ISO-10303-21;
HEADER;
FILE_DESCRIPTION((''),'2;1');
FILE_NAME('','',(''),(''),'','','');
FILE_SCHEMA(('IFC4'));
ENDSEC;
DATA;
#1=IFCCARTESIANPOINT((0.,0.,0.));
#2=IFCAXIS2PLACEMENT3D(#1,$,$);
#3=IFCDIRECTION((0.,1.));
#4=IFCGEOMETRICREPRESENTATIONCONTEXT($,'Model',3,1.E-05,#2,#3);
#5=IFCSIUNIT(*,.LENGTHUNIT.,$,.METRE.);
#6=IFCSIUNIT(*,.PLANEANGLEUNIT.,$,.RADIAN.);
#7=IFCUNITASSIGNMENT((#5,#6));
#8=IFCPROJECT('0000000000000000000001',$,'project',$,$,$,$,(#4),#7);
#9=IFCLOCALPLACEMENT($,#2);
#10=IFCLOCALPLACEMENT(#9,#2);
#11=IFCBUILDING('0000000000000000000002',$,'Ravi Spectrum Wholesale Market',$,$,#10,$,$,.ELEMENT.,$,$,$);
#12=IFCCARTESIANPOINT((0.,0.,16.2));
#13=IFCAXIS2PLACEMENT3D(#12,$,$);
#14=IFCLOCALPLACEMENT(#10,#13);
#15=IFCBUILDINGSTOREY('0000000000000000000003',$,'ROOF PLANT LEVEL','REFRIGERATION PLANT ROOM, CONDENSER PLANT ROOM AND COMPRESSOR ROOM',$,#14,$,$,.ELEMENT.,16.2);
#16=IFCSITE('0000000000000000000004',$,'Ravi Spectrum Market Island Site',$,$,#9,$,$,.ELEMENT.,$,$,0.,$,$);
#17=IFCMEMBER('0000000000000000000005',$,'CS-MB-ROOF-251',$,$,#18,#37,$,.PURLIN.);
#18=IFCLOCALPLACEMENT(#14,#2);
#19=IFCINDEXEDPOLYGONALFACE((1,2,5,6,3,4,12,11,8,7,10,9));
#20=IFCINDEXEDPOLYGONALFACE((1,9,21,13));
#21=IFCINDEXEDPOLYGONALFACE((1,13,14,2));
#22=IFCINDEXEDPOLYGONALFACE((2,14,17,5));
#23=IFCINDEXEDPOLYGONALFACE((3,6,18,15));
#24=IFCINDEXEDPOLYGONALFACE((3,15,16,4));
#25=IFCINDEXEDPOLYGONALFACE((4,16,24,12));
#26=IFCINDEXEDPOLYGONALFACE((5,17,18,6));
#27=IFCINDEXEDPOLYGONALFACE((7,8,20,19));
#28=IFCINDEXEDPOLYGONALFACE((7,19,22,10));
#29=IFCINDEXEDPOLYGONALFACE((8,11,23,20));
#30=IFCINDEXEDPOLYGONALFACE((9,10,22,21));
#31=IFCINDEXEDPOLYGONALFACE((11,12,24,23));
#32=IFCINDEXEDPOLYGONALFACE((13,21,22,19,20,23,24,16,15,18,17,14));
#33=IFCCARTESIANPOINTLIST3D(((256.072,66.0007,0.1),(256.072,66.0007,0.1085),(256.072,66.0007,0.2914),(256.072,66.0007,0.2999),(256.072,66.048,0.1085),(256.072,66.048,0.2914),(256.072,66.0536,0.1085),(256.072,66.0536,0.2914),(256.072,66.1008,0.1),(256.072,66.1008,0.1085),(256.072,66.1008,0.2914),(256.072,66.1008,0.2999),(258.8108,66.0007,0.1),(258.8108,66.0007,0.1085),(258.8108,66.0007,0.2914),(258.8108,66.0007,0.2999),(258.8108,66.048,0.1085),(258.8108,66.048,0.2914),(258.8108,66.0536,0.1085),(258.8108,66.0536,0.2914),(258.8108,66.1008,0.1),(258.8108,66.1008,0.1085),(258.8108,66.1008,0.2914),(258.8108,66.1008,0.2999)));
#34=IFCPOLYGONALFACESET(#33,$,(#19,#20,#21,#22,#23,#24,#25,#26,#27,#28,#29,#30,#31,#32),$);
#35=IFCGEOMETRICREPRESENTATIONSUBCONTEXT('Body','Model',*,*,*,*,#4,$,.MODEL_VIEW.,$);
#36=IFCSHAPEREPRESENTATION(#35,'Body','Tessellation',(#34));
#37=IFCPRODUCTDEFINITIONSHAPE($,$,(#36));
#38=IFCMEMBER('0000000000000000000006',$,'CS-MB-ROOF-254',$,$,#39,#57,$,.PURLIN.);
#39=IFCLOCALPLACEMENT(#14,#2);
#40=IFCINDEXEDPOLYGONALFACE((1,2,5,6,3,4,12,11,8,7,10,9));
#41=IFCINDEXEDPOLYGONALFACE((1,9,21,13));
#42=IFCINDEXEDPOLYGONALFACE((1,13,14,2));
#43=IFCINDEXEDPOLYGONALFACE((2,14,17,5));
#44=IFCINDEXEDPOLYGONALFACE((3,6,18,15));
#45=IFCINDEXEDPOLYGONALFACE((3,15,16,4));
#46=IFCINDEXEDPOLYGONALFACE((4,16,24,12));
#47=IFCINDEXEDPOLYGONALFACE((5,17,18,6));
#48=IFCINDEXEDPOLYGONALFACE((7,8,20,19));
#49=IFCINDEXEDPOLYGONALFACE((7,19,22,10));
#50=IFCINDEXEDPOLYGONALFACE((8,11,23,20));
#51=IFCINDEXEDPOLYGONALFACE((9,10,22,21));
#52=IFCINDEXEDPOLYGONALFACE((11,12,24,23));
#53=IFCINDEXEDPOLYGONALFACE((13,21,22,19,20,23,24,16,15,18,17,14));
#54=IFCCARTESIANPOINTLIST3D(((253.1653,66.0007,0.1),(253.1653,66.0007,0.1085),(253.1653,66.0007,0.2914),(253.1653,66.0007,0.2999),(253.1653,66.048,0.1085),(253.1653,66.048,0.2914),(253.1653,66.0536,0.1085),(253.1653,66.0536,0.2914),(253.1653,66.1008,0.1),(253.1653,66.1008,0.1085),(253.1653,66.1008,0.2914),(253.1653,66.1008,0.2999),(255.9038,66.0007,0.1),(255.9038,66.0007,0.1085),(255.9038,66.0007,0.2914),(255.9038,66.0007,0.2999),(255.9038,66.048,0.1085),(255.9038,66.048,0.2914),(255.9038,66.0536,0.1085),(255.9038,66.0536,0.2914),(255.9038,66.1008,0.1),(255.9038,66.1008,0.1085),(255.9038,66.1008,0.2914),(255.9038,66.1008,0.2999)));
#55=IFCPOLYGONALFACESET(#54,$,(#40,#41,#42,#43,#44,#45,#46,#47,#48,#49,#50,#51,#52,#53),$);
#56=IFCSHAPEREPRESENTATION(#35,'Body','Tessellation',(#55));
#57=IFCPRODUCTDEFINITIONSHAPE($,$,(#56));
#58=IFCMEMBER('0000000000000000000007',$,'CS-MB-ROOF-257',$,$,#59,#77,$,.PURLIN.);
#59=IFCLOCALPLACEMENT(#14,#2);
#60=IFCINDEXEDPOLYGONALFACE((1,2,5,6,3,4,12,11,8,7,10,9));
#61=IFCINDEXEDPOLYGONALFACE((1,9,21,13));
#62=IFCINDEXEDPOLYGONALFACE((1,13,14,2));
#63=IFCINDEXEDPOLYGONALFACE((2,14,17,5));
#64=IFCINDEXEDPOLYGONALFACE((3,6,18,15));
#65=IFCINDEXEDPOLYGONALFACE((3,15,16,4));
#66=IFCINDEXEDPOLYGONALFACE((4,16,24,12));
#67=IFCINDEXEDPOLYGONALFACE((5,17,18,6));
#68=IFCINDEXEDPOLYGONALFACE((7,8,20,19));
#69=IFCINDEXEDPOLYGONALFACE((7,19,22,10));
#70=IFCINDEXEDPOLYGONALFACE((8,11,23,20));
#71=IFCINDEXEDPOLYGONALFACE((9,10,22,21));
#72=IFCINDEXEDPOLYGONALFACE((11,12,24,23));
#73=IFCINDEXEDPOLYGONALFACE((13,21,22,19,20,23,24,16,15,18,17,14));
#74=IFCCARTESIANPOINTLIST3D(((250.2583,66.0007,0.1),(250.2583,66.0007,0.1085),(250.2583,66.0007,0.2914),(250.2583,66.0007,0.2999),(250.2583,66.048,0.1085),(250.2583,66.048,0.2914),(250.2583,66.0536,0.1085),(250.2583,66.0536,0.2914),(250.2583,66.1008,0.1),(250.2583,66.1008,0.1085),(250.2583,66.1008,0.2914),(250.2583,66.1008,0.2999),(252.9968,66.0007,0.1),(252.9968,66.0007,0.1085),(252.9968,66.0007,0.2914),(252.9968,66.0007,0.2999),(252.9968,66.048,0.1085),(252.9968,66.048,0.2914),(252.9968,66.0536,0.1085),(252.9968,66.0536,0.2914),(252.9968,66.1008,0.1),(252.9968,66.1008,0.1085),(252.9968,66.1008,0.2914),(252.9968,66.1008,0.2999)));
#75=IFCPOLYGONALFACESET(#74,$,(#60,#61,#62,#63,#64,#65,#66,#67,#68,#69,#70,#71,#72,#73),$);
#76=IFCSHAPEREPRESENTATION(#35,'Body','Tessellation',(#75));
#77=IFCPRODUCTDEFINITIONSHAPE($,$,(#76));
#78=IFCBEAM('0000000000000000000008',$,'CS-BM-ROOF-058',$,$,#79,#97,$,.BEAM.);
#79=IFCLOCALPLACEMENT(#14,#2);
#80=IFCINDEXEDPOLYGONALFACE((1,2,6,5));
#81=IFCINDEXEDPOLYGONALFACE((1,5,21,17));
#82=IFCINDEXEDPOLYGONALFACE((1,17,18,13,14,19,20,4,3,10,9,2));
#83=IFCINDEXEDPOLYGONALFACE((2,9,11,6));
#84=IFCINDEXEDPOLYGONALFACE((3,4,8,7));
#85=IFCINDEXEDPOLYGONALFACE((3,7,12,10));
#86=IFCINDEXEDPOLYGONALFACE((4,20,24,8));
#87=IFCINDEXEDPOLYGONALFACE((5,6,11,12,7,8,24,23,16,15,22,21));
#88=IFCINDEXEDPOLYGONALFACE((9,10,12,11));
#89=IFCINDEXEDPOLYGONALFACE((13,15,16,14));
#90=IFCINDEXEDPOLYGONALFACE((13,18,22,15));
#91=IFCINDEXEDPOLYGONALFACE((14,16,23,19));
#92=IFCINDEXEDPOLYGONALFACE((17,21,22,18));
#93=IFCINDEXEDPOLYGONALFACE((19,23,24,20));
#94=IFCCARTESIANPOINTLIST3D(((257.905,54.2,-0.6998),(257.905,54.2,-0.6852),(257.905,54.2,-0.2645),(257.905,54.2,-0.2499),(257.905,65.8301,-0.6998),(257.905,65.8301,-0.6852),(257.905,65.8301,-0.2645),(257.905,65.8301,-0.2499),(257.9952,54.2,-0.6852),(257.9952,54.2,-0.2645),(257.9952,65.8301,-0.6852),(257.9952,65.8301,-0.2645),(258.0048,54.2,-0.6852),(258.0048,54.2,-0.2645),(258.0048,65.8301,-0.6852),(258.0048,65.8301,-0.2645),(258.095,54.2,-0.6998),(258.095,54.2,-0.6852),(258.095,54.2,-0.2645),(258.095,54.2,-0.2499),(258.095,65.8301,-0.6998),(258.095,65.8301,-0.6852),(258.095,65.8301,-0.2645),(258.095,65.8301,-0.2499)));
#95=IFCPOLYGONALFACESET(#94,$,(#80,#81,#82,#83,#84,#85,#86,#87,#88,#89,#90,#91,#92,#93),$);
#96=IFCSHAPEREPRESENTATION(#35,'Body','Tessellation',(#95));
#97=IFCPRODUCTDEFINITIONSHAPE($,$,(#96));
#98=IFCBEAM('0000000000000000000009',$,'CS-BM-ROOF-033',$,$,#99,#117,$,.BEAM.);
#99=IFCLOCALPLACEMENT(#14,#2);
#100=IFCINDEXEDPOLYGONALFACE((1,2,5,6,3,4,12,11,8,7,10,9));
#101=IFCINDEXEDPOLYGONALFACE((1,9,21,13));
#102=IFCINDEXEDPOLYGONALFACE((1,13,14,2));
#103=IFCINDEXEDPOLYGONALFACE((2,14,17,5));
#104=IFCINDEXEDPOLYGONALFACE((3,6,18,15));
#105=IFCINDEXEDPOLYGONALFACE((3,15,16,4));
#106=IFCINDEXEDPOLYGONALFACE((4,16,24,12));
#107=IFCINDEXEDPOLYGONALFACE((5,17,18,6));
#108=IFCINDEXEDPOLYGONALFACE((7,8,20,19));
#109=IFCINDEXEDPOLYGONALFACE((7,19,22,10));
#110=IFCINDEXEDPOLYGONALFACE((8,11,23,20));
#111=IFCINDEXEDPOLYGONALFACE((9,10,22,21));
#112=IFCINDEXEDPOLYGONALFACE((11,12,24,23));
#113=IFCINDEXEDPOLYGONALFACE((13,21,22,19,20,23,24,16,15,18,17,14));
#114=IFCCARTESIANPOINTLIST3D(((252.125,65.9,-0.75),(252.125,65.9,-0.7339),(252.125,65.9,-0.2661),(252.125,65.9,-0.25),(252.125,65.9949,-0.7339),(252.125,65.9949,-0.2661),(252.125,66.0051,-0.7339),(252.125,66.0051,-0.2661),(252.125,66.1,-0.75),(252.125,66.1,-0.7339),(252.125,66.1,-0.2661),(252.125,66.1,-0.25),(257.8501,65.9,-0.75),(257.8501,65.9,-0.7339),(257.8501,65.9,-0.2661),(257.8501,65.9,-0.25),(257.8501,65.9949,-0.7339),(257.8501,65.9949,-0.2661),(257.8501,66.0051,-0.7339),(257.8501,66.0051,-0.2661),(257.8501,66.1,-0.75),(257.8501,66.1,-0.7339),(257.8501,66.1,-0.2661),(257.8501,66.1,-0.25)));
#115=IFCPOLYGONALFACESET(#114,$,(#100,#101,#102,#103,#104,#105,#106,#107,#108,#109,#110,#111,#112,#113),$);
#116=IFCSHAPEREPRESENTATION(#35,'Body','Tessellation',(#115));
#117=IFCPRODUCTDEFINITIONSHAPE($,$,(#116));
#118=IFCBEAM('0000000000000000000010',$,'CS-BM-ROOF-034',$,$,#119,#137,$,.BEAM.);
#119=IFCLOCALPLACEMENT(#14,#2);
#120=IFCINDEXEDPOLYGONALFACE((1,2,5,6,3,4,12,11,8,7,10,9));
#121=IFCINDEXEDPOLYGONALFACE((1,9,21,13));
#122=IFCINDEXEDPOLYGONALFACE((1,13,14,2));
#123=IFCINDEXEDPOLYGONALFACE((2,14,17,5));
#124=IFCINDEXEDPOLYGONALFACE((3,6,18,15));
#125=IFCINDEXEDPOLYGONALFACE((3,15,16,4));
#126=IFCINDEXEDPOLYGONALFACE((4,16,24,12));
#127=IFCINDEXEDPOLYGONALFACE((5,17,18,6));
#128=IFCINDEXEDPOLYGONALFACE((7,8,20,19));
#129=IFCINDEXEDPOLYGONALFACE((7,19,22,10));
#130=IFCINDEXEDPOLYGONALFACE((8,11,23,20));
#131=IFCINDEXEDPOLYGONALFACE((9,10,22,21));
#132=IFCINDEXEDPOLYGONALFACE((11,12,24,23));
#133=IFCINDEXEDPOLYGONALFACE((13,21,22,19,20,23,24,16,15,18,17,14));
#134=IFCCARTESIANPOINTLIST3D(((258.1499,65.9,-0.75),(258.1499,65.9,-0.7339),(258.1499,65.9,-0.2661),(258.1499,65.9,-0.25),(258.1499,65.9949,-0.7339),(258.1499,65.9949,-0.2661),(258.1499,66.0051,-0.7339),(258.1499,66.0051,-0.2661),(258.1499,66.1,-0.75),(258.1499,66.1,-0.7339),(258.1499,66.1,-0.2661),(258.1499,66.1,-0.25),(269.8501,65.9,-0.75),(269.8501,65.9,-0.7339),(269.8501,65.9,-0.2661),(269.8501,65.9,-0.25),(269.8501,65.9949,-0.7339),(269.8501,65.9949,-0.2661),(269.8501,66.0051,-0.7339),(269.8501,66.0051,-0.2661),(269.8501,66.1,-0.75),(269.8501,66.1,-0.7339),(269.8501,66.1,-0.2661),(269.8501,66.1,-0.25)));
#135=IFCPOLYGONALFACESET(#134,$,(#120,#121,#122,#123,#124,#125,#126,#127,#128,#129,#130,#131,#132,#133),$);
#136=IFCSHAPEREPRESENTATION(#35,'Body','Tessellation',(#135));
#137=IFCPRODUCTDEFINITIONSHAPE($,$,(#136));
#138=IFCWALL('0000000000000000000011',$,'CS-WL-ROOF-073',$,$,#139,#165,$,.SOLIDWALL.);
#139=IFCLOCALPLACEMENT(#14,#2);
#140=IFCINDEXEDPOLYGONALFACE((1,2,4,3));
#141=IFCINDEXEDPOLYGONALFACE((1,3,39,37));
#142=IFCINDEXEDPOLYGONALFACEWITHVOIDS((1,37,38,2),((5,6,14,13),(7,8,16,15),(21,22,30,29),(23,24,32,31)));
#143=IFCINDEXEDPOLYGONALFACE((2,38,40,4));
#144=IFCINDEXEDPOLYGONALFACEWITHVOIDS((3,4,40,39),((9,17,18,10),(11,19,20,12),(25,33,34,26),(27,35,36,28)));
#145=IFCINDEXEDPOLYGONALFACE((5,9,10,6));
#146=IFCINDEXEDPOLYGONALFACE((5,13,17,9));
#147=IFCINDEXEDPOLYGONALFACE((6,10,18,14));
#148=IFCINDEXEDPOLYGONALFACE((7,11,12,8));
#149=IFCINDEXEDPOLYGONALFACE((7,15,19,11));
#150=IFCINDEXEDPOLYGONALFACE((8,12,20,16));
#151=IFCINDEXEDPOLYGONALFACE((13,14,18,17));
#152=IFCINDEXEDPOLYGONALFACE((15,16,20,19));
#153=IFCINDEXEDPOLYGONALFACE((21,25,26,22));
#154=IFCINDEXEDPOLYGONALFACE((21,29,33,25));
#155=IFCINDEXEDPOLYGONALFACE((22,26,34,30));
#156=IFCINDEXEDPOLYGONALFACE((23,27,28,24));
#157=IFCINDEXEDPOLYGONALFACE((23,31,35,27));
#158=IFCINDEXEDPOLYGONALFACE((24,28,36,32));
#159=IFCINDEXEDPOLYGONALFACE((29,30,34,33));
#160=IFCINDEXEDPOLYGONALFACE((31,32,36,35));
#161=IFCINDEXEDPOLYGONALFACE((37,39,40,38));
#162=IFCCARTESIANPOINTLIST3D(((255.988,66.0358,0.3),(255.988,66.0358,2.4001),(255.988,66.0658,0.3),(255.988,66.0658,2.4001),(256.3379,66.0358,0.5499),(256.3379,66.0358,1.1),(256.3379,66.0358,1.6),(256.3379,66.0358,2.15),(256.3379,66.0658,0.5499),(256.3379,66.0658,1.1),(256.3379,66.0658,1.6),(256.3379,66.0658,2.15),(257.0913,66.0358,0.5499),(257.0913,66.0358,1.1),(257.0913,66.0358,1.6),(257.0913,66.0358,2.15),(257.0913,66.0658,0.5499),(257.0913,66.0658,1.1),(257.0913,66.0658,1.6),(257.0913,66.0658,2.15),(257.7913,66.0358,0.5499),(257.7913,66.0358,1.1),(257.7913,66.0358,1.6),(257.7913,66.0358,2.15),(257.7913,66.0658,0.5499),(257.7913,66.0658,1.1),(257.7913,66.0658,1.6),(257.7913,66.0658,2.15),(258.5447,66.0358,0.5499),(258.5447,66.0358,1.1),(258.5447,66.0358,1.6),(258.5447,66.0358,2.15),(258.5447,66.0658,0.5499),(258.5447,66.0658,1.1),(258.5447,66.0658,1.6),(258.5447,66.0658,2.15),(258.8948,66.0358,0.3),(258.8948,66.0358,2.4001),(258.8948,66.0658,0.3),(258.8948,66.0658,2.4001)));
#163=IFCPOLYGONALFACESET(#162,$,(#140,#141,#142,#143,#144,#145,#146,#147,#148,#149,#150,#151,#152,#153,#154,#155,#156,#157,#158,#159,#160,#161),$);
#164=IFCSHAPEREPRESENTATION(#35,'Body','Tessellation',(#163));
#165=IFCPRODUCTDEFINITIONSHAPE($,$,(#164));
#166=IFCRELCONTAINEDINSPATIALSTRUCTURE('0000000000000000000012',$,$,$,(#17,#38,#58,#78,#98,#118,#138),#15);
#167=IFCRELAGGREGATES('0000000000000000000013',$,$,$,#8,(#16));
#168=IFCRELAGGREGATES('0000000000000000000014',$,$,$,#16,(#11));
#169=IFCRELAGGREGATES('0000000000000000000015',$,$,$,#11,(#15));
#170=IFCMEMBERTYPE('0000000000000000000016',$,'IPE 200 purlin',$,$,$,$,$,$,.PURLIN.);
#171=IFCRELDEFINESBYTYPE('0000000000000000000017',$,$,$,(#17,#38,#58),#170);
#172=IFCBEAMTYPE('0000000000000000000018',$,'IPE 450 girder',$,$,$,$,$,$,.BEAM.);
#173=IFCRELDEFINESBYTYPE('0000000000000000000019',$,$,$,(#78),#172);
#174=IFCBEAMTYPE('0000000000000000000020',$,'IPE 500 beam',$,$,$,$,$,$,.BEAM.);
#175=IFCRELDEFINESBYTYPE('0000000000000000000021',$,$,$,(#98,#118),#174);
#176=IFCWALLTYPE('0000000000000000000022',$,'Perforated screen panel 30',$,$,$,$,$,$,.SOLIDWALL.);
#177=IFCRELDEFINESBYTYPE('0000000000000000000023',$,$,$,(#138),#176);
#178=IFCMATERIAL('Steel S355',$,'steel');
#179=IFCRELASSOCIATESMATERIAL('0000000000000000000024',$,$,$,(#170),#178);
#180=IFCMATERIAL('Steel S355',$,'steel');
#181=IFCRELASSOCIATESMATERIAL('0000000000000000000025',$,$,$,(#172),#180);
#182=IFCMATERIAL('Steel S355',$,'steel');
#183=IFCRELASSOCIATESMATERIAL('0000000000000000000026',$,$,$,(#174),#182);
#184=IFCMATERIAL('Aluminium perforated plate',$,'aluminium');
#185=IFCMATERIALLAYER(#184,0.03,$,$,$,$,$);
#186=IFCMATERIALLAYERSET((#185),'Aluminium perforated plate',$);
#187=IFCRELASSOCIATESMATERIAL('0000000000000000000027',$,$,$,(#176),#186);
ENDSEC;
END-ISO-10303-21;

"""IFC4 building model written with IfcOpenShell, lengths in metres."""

from ifc_helpers import new_model, si_unit, direction, frame, frame_2d, origin, origin_2d, place, context, subcontext, project, spatial, rectangle, i_section, extrude, material, layer, layer_set, material_profile, profile_set, type_object, element, save


model = new_model("IFC4")

# Units and contexts
model_context = context("Model", 3, precision=1e-05, world=origin(), true_north=direction((0.0, 1.0)))
body_context = subcontext(model_context, "Body", "Model", "MODEL_VIEW")
ifc_project = project(units=[si_unit("LENGTHUNIT", "METRE"), si_unit("PLANEANGLEUNIT", "RADIAN")], contexts=[model_context])

# Site, building, storey
site_placement = place(None, origin())
site = spatial("IfcSite", under=ifc_project, at=site_placement, Name="Ravi Spectrum Market Island Site", CompositionType="ELEMENT", RefElevation=0.0)
building_placement = place(site_placement, origin())
building = spatial("IfcBuilding", under=site, at=building_placement, Name="Ravi Spectrum Wholesale Market", CompositionType="ELEMENT")
storey_placement = place(building_placement, frame((0.0, 0.0, 16.2)))
storey = spatial("IfcBuildingStorey", under=building, at=storey_placement, Name="ROOF PLANT LEVEL", Description="REFRIGERATION PLANT ROOM, CONDENSER PLANT ROOM AND COMPRESSOR ROOM", CompositionType="ELEMENT", Elevation=16.2)

# Members
ifc_material_1 = material(Name="Steel S355", Category="steel")
ifc_material_profile_1 = material_profile(ifc_material_1, i_section(OverallWidth=0.1001, OverallDepth=0.2, WebThickness=0.0056, FlangeThickness=0.0085, at=origin_2d()))
ifc_profile_set_1 = profile_set([ifc_material_profile_1], Name="Steel S355")
member_type = type_object("IfcMemberType", Name="IPE 200 purlin", PredefinedType="PURLIN", material=ifc_profile_set_1)
member_placement = place(storey_placement, frame((258.8108, 66.0508, 0.2), z_axis=(-1.0, 0.0, 0.0), x_axis=(0.0, -1.0, 0.0)))
element("IfcMember", 1, at=member_placement, inside=storey, type_object=member_type, Name="CS-MB-ROOF-251", PredefinedType="PURLIN", context=body_context, shape_type="SweptSolid", body=[
    extrude(i_section(OverallWidth=0.1001, OverallDepth=0.2, WebThickness=0.0056, FlangeThickness=0.0085, at=origin_2d()), origin(), (0.0, 0.0, 1.0), 2.7388),
])
for number, where, z_axis, x_axis, name in (
    (2, (255.9038, 66.0508, 0.2), (-1.0, 0.0, 0.0), (0.0, -1.0, 0.0), "CS-MB-ROOF-254"),
    (3, (252.9968, 66.0508, 0.2), (-1.0, 0.0, 0.0), (0.0, -1.0, 0.0), "CS-MB-ROOF-257"),
):
    element("IfcMember", number, at=place(storey_placement, frame(where, z_axis=z_axis, x_axis=x_axis)), inside=storey, type_object=member_type, Name=name, PredefinedType="PURLIN", context=body_context, shape_type="SweptSolid", body=[
        extrude(i_section(OverallWidth=0.1001, OverallDepth=0.2, WebThickness=0.0056, FlangeThickness=0.0085, at=origin_2d()), origin(), (0.0, 0.0, 1.0), 2.7385),
    ])

# Beams
ifc_material_2 = material(Name="Steel S355", Category="steel")
ifc_material_profile_2 = material_profile(ifc_material_2, i_section(OverallWidth=0.1899, OverallDepth=0.45, WebThickness=0.0095, FlangeThickness=0.0146, at=origin_2d()))
ifc_profile_set_2 = profile_set([ifc_material_profile_2], Name="Steel S355")
beam_type_1 = type_object("IfcBeamType", Name="IPE 450 girder", PredefinedType="BEAM", material=ifc_profile_set_2)
beam_1_placement = place(storey_placement, frame((258.0, 54.2, -0.4749), z_axis=(0.0, 1.0, 0.0), x_axis=(-1.0, 0.0, 0.0)))
element("IfcBeam", 4, at=beam_1_placement, inside=storey, type_object=beam_type_1, Name="CS-BM-ROOF-058", PredefinedType="BEAM", context=body_context, shape_type="SweptSolid", body=[
    extrude(i_section(OverallWidth=0.1899, OverallDepth=0.45, WebThickness=0.0095, FlangeThickness=0.0146, at=origin_2d()), origin(), (0.0, 0.0, 1.0), 11.6301),
])
ifc_material_3 = material(Name="Steel S355", Category="steel")
ifc_material_profile_3 = material_profile(ifc_material_3, i_section(OverallWidth=0.2, OverallDepth=0.5, WebThickness=0.0103, FlangeThickness=0.0161, at=origin_2d()))
ifc_profile_set_3 = profile_set([ifc_material_profile_3], Name="Steel S355")
beam_type_2 = type_object("IfcBeamType", Name="IPE 500 beam", PredefinedType="BEAM", material=ifc_profile_set_3)
beam_2_placement = place(storey_placement, frame((252.125, 66.0, -0.5), z_axis=(1.0, 0.0, 0.0), x_axis=(0.0, 1.0, 0.0)))
element("IfcBeam", 5, at=beam_2_placement, inside=storey, type_object=beam_type_2, Name="CS-BM-ROOF-033", PredefinedType="BEAM", context=body_context, shape_type="SweptSolid", body=[
    extrude(i_section(OverallWidth=0.2, OverallDepth=0.5, WebThickness=0.0103, FlangeThickness=0.0161, at=origin_2d()), origin(), (0.0, 0.0, 1.0), 5.7251),
])
beam_3_placement = place(storey_placement, frame((258.1499, 66.0, -0.5), z_axis=(1.0, 0.0, 0.0), x_axis=(0.0, 1.0, 0.0)))
element("IfcBeam", 6, at=beam_3_placement, inside=storey, type_object=beam_type_2, Name="CS-BM-ROOF-034", PredefinedType="BEAM", context=body_context, shape_type="SweptSolid", body=[
    extrude(i_section(OverallWidth=0.2, OverallDepth=0.5, WebThickness=0.0103, FlangeThickness=0.0161, at=origin_2d()), origin(), (0.0, 0.0, 1.0), 11.7002),
])

# Wall, openings
ifc_material_4 = material(Name="Aluminium perforated plate", Category="aluminium")
ifc_layer = layer(ifc_material_4, 0.03)
ifc_layer_set = layer_set([ifc_layer], Name="Aluminium perforated plate")
wall_type = type_object("IfcWallType", Name="Perforated screen panel 30", PredefinedType="SOLIDWALL", material=ifc_layer_set)
wall_1_placement = place(storey_placement, frame((258.8948, 66.0508, 0.3), z_axis=(0.0, 0.0, 1.0), x_axis=(-1.0, 0.0, 0.0)))
wall_1 = element("IfcWall", 7, at=wall_1_placement, inside=storey, type_object=wall_type, Name="CS-WL-ROOF-073", PredefinedType="SOLIDWALL", context=body_context, shape_type="SweptSolid", body=[
    extrude(rectangle(XDim=2.9067, YDim=0.03, at=frame_2d((1.4534, 0.0))), origin(), (0.0, 0.0, 1.0), 2.1001),
])
opening_1_placement = place(wall_1_placement, frame((0.3501, 0.0, 0.25)))
element("IfcOpeningElement", 8, at=opening_1_placement, cuts=wall_1, PredefinedType="OPENING", context=body_context, shape_type="SweptSolid", body=[
    extrude(rectangle(XDim=0.7534, YDim=0.55, at=frame_2d((0.3767, 0.2749))), frame((0.0, 0.0249, 0.0), z_axis=(0.0, -1.0, 0.0), x_axis=(1.0, 0.0, 0.0)), (0.0, 0.0, 1.0), 0.05),
])
opening_2_placement = place(wall_1_placement, frame((0.3501, 0.0, 1.3)))
element("IfcOpeningElement", 9, at=opening_2_placement, cuts=wall_1, PredefinedType="OPENING", context=body_context, shape_type="SweptSolid", body=[
    extrude(rectangle(XDim=0.7534, YDim=0.55, at=frame_2d((0.3767, 0.2749))), frame((0.0, 0.0249, 0.0), z_axis=(0.0, -1.0, 0.0), x_axis=(1.0, 0.0, 0.0)), (0.0, 0.0, 1.0), 0.05),
])
opening_3_placement = place(wall_1_placement, frame((1.8035, 0.0, 0.25)))
element("IfcOpeningElement", 10, at=opening_3_placement, cuts=wall_1, PredefinedType="OPENING", context=body_context, shape_type="SweptSolid", body=[
    extrude(rectangle(XDim=0.7534, YDim=0.55, at=frame_2d((0.3767, 0.2749))), frame((0.0, 0.0249, 0.0), z_axis=(0.0, -1.0, 0.0), x_axis=(1.0, 0.0, 0.0)), (0.0, 0.0, 1.0), 0.05),
])
opening_4_placement = place(wall_1_placement, frame((1.8035, 0.0, 1.3)))
element("IfcOpeningElement", 11, at=opening_4_placement, cuts=wall_1, PredefinedType="OPENING", context=body_context, shape_type="SweptSolid", body=[
    extrude(rectangle(XDim=0.7534, YDim=0.55, at=frame_2d((0.3767, 0.2749))), frame((0.0, 0.0249, 0.0), z_axis=(0.0, -1.0, 0.0), x_axis=(1.0, 0.0, 0.0)), (0.0, 0.0, 1.0), 0.05),
])

save(model, "model.ifc")
